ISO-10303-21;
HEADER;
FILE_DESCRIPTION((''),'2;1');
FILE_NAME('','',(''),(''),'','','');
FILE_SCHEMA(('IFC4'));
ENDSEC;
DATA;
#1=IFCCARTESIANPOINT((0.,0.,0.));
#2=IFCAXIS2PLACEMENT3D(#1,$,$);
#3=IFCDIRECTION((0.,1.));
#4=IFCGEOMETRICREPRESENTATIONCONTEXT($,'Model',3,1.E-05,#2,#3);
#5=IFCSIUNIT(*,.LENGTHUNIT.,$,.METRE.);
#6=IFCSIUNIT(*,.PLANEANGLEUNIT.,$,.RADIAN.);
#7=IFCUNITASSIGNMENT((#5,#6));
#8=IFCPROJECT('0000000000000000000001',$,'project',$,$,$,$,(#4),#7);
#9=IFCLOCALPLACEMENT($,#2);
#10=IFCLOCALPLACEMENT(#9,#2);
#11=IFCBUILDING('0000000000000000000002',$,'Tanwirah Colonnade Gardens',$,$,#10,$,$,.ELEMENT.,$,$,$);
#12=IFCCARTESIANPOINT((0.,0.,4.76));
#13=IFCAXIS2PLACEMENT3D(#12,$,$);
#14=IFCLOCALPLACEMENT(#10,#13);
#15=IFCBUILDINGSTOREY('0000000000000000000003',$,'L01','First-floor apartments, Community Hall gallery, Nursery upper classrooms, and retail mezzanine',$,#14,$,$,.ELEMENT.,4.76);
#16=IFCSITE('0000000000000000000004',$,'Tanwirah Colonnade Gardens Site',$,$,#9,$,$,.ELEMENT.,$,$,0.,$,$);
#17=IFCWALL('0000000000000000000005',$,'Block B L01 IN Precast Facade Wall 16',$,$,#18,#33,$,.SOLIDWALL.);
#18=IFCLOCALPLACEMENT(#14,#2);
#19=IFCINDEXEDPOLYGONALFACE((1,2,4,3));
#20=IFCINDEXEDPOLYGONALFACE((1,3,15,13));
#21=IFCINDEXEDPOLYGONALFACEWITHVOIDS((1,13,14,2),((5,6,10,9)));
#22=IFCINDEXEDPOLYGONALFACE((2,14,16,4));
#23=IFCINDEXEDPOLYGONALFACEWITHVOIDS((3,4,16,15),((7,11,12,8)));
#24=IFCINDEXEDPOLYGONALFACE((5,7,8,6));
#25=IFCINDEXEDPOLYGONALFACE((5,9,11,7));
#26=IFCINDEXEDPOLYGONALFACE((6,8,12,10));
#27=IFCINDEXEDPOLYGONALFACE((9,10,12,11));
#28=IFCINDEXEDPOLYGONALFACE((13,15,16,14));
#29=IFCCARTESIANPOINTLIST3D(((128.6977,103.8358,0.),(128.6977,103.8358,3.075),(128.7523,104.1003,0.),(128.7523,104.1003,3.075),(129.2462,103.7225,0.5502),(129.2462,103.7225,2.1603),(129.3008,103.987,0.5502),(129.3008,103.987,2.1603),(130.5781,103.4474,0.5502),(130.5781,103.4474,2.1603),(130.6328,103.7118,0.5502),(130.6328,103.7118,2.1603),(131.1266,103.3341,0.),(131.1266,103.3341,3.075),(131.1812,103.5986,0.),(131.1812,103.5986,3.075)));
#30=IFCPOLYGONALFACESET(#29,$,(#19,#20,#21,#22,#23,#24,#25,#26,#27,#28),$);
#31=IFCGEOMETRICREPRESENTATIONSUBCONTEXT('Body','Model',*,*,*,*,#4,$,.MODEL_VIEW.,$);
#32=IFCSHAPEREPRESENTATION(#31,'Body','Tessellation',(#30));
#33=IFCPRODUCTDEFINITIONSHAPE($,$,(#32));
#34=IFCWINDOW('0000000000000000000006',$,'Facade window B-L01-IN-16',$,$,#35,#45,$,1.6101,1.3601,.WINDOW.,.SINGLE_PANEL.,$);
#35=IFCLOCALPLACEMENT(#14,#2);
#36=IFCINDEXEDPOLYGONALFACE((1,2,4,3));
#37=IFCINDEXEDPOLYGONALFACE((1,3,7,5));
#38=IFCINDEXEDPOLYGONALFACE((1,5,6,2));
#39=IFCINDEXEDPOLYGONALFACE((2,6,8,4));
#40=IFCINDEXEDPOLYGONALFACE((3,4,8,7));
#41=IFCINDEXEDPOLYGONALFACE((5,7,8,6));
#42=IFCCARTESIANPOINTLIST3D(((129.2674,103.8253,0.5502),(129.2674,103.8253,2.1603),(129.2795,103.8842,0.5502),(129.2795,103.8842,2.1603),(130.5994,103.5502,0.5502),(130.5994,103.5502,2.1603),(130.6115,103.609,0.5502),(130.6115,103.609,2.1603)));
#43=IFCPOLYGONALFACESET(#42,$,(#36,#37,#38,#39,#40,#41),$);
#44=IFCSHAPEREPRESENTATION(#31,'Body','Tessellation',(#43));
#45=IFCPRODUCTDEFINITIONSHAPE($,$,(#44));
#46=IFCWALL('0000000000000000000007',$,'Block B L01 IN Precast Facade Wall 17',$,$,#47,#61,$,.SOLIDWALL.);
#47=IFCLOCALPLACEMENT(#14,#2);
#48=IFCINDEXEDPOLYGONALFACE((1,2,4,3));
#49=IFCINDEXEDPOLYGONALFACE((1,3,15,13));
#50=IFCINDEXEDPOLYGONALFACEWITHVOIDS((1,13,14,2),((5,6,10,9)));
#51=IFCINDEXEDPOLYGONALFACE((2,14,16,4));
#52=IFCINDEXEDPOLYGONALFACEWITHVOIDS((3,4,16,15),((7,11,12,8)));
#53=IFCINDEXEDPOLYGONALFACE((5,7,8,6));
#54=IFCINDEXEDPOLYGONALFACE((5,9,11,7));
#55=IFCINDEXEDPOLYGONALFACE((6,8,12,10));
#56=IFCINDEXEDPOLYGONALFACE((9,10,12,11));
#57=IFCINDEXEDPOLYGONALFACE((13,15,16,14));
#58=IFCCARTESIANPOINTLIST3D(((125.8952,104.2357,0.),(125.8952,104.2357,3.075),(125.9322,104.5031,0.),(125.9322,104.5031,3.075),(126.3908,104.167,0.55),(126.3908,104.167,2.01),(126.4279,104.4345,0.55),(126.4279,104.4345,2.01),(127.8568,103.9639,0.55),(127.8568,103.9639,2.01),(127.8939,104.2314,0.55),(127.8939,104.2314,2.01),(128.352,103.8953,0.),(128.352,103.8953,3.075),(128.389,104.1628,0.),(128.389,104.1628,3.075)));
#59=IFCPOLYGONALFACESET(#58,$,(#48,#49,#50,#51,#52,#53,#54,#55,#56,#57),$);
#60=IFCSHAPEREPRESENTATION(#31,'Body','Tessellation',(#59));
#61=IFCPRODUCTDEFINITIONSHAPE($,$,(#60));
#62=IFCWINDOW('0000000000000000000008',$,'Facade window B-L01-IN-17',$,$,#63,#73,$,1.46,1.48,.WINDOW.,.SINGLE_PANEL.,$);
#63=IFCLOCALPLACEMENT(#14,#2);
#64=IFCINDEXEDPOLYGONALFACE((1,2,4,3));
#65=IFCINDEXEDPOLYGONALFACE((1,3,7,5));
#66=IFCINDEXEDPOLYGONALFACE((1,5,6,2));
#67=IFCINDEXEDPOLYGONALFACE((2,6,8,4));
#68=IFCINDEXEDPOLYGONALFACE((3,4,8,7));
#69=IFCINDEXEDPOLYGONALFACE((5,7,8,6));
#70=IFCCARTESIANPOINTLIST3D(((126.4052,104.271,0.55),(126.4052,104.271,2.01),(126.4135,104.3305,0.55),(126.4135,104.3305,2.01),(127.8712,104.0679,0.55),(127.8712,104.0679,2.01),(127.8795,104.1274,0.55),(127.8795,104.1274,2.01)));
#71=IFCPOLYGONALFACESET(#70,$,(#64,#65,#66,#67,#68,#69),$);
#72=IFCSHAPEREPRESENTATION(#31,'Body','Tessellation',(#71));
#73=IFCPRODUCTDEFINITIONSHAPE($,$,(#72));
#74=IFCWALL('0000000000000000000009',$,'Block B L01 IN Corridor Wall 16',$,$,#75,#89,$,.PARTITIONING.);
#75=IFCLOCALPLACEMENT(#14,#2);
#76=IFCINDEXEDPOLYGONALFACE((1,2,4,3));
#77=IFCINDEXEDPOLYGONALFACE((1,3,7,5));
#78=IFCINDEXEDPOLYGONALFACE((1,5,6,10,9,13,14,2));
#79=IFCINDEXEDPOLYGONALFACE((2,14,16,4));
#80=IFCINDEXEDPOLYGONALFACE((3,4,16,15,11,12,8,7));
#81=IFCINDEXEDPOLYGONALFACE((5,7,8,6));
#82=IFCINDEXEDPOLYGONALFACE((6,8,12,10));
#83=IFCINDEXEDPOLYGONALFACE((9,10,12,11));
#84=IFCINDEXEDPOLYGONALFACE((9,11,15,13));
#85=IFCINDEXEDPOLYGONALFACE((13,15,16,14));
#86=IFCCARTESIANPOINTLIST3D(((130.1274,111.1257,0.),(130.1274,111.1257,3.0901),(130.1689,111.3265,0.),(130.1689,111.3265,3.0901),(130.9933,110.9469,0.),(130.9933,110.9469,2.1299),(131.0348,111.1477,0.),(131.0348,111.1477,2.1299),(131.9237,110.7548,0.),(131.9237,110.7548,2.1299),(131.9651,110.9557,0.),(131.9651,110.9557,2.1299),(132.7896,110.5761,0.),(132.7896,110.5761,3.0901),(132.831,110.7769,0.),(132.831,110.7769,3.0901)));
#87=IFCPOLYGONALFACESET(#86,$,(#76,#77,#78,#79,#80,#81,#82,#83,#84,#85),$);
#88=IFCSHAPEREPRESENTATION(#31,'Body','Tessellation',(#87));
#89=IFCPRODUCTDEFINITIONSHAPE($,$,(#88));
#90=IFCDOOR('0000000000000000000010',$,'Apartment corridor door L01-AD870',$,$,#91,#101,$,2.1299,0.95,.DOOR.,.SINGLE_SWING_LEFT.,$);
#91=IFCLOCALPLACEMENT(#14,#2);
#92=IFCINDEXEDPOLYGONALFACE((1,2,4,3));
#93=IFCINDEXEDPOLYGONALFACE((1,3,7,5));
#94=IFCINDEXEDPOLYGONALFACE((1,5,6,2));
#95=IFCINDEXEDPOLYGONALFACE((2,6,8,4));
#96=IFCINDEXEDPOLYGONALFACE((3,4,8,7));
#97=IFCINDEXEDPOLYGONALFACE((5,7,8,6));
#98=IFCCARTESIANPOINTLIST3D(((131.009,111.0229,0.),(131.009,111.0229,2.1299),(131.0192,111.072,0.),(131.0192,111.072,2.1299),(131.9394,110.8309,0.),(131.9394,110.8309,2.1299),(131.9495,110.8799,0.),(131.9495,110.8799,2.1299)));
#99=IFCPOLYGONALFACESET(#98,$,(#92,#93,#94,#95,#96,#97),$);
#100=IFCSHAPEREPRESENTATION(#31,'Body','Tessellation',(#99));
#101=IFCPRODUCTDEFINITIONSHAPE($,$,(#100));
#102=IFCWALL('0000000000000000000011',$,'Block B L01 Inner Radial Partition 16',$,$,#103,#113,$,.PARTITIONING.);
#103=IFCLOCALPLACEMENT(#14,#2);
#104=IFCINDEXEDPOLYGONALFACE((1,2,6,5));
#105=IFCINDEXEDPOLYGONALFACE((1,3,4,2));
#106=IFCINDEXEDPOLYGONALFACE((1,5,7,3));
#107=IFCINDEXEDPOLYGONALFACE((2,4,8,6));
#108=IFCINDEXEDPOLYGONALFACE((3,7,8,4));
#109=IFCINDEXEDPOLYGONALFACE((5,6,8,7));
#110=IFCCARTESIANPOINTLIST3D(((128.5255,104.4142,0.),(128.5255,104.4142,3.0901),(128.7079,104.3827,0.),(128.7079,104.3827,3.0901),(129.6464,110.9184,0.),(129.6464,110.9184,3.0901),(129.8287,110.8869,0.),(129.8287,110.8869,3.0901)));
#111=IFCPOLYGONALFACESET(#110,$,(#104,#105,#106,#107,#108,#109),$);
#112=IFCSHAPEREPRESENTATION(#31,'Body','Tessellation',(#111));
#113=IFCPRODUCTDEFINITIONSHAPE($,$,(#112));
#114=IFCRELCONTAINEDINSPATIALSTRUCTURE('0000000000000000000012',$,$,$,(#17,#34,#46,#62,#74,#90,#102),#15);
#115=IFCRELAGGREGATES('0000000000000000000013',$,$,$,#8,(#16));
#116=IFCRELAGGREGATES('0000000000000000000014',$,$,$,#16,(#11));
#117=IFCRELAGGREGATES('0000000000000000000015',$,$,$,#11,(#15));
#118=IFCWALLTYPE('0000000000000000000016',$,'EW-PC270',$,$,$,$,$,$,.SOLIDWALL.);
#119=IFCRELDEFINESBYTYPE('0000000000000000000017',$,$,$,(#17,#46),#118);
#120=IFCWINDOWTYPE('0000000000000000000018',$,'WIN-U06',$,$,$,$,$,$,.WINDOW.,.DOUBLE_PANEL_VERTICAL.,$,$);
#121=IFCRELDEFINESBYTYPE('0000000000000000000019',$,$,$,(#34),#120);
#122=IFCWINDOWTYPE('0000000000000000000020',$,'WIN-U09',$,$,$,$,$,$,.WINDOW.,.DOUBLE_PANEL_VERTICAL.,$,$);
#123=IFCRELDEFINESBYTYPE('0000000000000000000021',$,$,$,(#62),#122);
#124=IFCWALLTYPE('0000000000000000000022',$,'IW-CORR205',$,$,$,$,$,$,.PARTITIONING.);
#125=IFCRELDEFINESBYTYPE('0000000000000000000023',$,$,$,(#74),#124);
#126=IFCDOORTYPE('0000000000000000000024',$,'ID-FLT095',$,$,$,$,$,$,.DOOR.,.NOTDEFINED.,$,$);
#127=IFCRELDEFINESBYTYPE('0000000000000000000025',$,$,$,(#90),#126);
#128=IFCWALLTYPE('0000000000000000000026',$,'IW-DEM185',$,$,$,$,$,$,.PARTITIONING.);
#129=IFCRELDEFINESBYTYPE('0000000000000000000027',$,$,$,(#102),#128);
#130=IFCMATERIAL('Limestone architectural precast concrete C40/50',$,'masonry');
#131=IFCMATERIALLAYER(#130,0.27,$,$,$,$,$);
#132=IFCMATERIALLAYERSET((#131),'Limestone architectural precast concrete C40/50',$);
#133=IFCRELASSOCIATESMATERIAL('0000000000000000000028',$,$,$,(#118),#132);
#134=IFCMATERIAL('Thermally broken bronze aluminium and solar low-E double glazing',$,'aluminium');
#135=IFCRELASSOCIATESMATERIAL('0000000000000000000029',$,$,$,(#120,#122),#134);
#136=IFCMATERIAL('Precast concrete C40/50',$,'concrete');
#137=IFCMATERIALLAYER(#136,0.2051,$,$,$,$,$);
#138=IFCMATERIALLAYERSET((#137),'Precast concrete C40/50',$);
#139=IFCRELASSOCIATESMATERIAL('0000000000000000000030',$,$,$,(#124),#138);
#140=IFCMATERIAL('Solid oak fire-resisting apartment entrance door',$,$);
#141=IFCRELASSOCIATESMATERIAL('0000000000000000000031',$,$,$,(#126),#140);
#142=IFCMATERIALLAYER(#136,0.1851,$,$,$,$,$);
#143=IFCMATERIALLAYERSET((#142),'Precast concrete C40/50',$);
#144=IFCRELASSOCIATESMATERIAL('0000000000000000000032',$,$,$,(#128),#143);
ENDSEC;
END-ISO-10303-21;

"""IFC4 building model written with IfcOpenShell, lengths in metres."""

from ifc_helpers import new_model, si_unit, direction, frame, frame_2d, origin, place, context, subcontext, project, spatial, rectangle, extrude, material, layer, layer_set, type_object, element, fill, save


model = new_model("IFC4")

# Units and contexts
model_context = context("Model", 3, precision=1e-05, world=origin(), true_north=direction((0.0, 1.0)))
body_context = subcontext(model_context, "Body", "Model", "MODEL_VIEW")
ifc_project = project(units=[si_unit("LENGTHUNIT", "METRE"), si_unit("PLANEANGLEUNIT", "RADIAN")], contexts=[model_context])

# Site, building, storey
site_placement = place(None, origin())
site = spatial("IfcSite", under=ifc_project, at=site_placement, Name="Tanwirah Colonnade Gardens Site", CompositionType="ELEMENT", RefElevation=0.0)
building_placement = place(site_placement, origin())
building = spatial("IfcBuilding", under=site, at=building_placement, Name="Tanwirah Colonnade Gardens", CompositionType="ELEMENT")
storey_placement = place(building_placement, frame((0.0, 0.0, 4.76)))
storey = spatial("IfcBuildingStorey", under=building, at=storey_placement, Name="L01", Description="First-floor apartments, Community Hall gallery, Nursery upper classrooms, and retail mezzanine", CompositionType="ELEMENT", Elevation=4.76)

# Shared definitions
ifc_material_1 = material(Name="Precast concrete C40/50", Category="concrete")

# Walls, openings, windows
ifc_material_2 = material(Name="Limestone architectural precast concrete C40/50", Category="masonry")
ifc_layer_1 = layer(ifc_material_2, 0.27)
ifc_layer_set_1 = layer_set([ifc_layer_1], Name="Limestone architectural precast concrete C40/50")
wall_type_1 = type_object("IfcWallType", Name="EW-PC270", PredefinedType="SOLIDWALL", material=ifc_layer_set_1)
wall_1_placement = place(storey_placement, frame((131.1541, 103.4663, 0.0), z_axis=(0.0, 0.0, 1.0), x_axis=(-0.979327, 0.202283, 0.0)))
wall_1 = element("IfcWall", 1, at=wall_1_placement, inside=storey, type_object=wall_type_1, Name="Block B L01 IN Precast Facade Wall 16", PredefinedType="SOLIDWALL", context=body_context, shape_type="SweptSolid", body=[
    extrude(rectangle(XDim=2.4802, YDim=0.27, at=frame_2d((1.2402, 0.0))), origin(), (0.0, 0.0, 1.0), 3.075),
])
opening_1_placement = place(wall_1_placement, frame((0.5601, 0.0, 0.55)))
opening_1 = element("IfcOpeningElement", 2, at=opening_1_placement, cuts=wall_1, PredefinedType="OPENING", context=body_context, shape_type="SweptSolid", body=[
    extrude(rectangle(XDim=1.3601, YDim=1.6101, at=frame_2d((0.6802, 0.8052))), frame((0.0, 0.145, 0.0), z_axis=(0.0, -1.0, 0.0), x_axis=(1.0, 0.0, 0.0)), (0.0, 0.0, 1.0), 0.29),
])
ifc_material_3 = material(Name="Thermally broken bronze aluminium and solar low-E double glazing", Category="aluminium")
window_type_1 = type_object("IfcWindowType", Name="WIN-U06", PartitioningType="DOUBLE_PANEL_VERTICAL", PredefinedType="WINDOW", material=ifc_material_3)
window_1_placement = place(opening_1_placement, origin())
window_1 = element("IfcWindow", 3, at=window_1_placement, inside=storey, type_object=window_type_1, Name="Facade window B-L01-IN-16", OverallHeight=1.6101, OverallWidth=1.3601, PartitioningType="SINGLE_PANEL", PredefinedType="WINDOW", context=body_context, shape_type="SweptSolid", body=[
    extrude(rectangle(XDim=1.3601, YDim=1.6101, at=frame_2d((0.6802, 0.8052))), frame((0.0, 0.03, 0.0), z_axis=(0.0, -1.0, 0.0), x_axis=(1.0, 0.0, 0.0)), (0.0, 0.0, 1.0), 0.0601),
])
fill(opening_1, window_1)
wall_2_placement = place(storey_placement, frame((128.3706, 104.0291, 0.0), z_axis=(0.0, 0.0, 1.0), x_axis=(-0.990541, 0.137217, 0.0)))
wall_2 = element("IfcWall", 4, at=wall_2_placement, inside=storey, type_object=wall_type_1, Name="Block B L01 IN Precast Facade Wall 17", PredefinedType="SOLIDWALL", context=body_context, shape_type="SweptSolid", body=[
    extrude(rectangle(XDim=2.4802, YDim=0.27, at=frame_2d((1.2402, 0.0))), origin(), (0.0, 0.0, 1.0), 3.075),
])
opening_2_placement = place(wall_2_placement, frame((0.5, 0.0, 0.55)))
opening_2 = element("IfcOpeningElement", 5, at=opening_2_placement, cuts=wall_2, PredefinedType="OPENING", context=body_context, shape_type="SweptSolid", body=[
    extrude(rectangle(XDim=1.48, YDim=1.46, at=frame_2d((0.74, 0.73))), frame((0.0, 0.145, 0.0), z_axis=(0.0, -1.0, 0.0), x_axis=(1.0, 0.0, 0.0)), (0.0, 0.0, 1.0), 0.29),
])
window_type_2 = type_object("IfcWindowType", Name="WIN-U09", PartitioningType="DOUBLE_PANEL_VERTICAL", PredefinedType="WINDOW", material=ifc_material_3)
window_2_placement = place(opening_2_placement, origin())
window_2 = element("IfcWindow", 6, at=window_2_placement, inside=storey, type_object=window_type_2, Name="Facade window B-L01-IN-17", OverallHeight=1.46, OverallWidth=1.48, PartitioningType="SINGLE_PANEL", PredefinedType="WINDOW", context=body_context, shape_type="SweptSolid", body=[
    extrude(rectangle(XDim=1.48, YDim=1.46, at=frame_2d((0.74, 0.73))), frame((0.0, 0.03, 0.0), z_axis=(0.0, -1.0, 0.0), x_axis=(1.0, 0.0, 0.0)), (0.0, 0.0, 1.0), 0.0601),
])
fill(opening_2, window_2)

# Wall, opening, door
ifc_layer_2 = layer(ifc_material_1, 0.2051)
ifc_layer_set_2 = layer_set([ifc_layer_2], Name="Precast concrete C40/50")
wall_type_2 = type_object("IfcWallType", Name="IW-CORR205", PredefinedType="PARTITIONING", material=ifc_layer_set_2)
wall_3_placement = place(storey_placement, frame((132.8103, 110.6765, 0.0), z_axis=(0.0, 0.0, 1.0), x_axis=(-0.979349, 0.202175, 0.0)))
wall_3 = element("IfcWall", 7, at=wall_3_placement, inside=storey, type_object=wall_type_2, Name="Block B L01 IN Corridor Wall 16", PredefinedType="PARTITIONING", context=body_context, shape_type="SweptSolid", body=[
    extrude(rectangle(XDim=2.7183, YDim=0.2051, at=frame_2d((1.3591, 0.0))), origin(), (0.0, 0.0, 1.0), 3.0901),
])
opening_3_placement = place(wall_3_placement, frame((0.884, 0.0, 0.0)))
opening_3 = element("IfcOpeningElement", 8, at=opening_3_placement, cuts=wall_3, PredefinedType="OPENING", context=body_context, shape_type="SweptSolid", body=[
    extrude(rectangle(XDim=0.95, YDim=2.1299, at=frame_2d((0.4751, 1.0649))), frame((0.0, 0.1125, 0.0), z_axis=(0.0, -1.0, 0.0), x_axis=(1.0, 0.0, 0.0)), (0.0, 0.0, 1.0), 0.2251),
])
ifc_material_4 = material(Name="Solid oak fire-resisting apartment entrance door")
door_type_1 = type_object("IfcDoorType", Name="ID-FLT095", OperationType="NOTDEFINED", PredefinedType="DOOR", material=ifc_material_4)
door_1_placement = place(opening_3_placement, origin())
door_1 = element("IfcDoor", 9, at=door_1_placement, inside=storey, type_object=door_type_1, Name="Apartment corridor door L01-AD870", OperationType="SINGLE_SWING_LEFT", OverallHeight=2.1299, OverallWidth=0.95, PredefinedType="DOOR", context=body_context, shape_type="SweptSolid", body=[
    extrude(rectangle(XDim=0.95, YDim=2.1299, at=frame_2d((0.4751, 1.0649))), frame((0.0, 0.0249, 0.0), z_axis=(0.0, -1.0, 0.0), x_axis=(1.0, 0.0, 0.0)), (0.0, 0.0, 1.0), 0.05),
])
fill(opening_3, door_1)

# Wall
ifc_layer_3 = layer(ifc_material_1, 0.1851)
ifc_layer_set_3 = layer_set([ifc_layer_3], Name="Precast concrete C40/50")
wall_type_3 = type_object("IfcWallType", Name="IW-DEM185", PredefinedType="PARTITIONING", material=ifc_layer_set_3)
wall_4_placement = place(storey_placement, frame((128.6167, 104.3984, 0.0), z_axis=(0.0, 0.0, 1.0), x_axis=(0.169825, 0.985474, 0.0)))
element("IfcWall", 10, at=wall_4_placement, inside=storey, type_object=wall_type_3, Name="Block B L01 Inner Radial Partition 16", PredefinedType="PARTITIONING", context=body_context, shape_type="SweptSolid", body=[
    extrude(rectangle(XDim=6.6001, YDim=0.1851, at=frame_2d((3.3, 0.0))), origin(), (0.0, 0.0, 1.0), 3.0901),
])

save(model, "model.ifc")
